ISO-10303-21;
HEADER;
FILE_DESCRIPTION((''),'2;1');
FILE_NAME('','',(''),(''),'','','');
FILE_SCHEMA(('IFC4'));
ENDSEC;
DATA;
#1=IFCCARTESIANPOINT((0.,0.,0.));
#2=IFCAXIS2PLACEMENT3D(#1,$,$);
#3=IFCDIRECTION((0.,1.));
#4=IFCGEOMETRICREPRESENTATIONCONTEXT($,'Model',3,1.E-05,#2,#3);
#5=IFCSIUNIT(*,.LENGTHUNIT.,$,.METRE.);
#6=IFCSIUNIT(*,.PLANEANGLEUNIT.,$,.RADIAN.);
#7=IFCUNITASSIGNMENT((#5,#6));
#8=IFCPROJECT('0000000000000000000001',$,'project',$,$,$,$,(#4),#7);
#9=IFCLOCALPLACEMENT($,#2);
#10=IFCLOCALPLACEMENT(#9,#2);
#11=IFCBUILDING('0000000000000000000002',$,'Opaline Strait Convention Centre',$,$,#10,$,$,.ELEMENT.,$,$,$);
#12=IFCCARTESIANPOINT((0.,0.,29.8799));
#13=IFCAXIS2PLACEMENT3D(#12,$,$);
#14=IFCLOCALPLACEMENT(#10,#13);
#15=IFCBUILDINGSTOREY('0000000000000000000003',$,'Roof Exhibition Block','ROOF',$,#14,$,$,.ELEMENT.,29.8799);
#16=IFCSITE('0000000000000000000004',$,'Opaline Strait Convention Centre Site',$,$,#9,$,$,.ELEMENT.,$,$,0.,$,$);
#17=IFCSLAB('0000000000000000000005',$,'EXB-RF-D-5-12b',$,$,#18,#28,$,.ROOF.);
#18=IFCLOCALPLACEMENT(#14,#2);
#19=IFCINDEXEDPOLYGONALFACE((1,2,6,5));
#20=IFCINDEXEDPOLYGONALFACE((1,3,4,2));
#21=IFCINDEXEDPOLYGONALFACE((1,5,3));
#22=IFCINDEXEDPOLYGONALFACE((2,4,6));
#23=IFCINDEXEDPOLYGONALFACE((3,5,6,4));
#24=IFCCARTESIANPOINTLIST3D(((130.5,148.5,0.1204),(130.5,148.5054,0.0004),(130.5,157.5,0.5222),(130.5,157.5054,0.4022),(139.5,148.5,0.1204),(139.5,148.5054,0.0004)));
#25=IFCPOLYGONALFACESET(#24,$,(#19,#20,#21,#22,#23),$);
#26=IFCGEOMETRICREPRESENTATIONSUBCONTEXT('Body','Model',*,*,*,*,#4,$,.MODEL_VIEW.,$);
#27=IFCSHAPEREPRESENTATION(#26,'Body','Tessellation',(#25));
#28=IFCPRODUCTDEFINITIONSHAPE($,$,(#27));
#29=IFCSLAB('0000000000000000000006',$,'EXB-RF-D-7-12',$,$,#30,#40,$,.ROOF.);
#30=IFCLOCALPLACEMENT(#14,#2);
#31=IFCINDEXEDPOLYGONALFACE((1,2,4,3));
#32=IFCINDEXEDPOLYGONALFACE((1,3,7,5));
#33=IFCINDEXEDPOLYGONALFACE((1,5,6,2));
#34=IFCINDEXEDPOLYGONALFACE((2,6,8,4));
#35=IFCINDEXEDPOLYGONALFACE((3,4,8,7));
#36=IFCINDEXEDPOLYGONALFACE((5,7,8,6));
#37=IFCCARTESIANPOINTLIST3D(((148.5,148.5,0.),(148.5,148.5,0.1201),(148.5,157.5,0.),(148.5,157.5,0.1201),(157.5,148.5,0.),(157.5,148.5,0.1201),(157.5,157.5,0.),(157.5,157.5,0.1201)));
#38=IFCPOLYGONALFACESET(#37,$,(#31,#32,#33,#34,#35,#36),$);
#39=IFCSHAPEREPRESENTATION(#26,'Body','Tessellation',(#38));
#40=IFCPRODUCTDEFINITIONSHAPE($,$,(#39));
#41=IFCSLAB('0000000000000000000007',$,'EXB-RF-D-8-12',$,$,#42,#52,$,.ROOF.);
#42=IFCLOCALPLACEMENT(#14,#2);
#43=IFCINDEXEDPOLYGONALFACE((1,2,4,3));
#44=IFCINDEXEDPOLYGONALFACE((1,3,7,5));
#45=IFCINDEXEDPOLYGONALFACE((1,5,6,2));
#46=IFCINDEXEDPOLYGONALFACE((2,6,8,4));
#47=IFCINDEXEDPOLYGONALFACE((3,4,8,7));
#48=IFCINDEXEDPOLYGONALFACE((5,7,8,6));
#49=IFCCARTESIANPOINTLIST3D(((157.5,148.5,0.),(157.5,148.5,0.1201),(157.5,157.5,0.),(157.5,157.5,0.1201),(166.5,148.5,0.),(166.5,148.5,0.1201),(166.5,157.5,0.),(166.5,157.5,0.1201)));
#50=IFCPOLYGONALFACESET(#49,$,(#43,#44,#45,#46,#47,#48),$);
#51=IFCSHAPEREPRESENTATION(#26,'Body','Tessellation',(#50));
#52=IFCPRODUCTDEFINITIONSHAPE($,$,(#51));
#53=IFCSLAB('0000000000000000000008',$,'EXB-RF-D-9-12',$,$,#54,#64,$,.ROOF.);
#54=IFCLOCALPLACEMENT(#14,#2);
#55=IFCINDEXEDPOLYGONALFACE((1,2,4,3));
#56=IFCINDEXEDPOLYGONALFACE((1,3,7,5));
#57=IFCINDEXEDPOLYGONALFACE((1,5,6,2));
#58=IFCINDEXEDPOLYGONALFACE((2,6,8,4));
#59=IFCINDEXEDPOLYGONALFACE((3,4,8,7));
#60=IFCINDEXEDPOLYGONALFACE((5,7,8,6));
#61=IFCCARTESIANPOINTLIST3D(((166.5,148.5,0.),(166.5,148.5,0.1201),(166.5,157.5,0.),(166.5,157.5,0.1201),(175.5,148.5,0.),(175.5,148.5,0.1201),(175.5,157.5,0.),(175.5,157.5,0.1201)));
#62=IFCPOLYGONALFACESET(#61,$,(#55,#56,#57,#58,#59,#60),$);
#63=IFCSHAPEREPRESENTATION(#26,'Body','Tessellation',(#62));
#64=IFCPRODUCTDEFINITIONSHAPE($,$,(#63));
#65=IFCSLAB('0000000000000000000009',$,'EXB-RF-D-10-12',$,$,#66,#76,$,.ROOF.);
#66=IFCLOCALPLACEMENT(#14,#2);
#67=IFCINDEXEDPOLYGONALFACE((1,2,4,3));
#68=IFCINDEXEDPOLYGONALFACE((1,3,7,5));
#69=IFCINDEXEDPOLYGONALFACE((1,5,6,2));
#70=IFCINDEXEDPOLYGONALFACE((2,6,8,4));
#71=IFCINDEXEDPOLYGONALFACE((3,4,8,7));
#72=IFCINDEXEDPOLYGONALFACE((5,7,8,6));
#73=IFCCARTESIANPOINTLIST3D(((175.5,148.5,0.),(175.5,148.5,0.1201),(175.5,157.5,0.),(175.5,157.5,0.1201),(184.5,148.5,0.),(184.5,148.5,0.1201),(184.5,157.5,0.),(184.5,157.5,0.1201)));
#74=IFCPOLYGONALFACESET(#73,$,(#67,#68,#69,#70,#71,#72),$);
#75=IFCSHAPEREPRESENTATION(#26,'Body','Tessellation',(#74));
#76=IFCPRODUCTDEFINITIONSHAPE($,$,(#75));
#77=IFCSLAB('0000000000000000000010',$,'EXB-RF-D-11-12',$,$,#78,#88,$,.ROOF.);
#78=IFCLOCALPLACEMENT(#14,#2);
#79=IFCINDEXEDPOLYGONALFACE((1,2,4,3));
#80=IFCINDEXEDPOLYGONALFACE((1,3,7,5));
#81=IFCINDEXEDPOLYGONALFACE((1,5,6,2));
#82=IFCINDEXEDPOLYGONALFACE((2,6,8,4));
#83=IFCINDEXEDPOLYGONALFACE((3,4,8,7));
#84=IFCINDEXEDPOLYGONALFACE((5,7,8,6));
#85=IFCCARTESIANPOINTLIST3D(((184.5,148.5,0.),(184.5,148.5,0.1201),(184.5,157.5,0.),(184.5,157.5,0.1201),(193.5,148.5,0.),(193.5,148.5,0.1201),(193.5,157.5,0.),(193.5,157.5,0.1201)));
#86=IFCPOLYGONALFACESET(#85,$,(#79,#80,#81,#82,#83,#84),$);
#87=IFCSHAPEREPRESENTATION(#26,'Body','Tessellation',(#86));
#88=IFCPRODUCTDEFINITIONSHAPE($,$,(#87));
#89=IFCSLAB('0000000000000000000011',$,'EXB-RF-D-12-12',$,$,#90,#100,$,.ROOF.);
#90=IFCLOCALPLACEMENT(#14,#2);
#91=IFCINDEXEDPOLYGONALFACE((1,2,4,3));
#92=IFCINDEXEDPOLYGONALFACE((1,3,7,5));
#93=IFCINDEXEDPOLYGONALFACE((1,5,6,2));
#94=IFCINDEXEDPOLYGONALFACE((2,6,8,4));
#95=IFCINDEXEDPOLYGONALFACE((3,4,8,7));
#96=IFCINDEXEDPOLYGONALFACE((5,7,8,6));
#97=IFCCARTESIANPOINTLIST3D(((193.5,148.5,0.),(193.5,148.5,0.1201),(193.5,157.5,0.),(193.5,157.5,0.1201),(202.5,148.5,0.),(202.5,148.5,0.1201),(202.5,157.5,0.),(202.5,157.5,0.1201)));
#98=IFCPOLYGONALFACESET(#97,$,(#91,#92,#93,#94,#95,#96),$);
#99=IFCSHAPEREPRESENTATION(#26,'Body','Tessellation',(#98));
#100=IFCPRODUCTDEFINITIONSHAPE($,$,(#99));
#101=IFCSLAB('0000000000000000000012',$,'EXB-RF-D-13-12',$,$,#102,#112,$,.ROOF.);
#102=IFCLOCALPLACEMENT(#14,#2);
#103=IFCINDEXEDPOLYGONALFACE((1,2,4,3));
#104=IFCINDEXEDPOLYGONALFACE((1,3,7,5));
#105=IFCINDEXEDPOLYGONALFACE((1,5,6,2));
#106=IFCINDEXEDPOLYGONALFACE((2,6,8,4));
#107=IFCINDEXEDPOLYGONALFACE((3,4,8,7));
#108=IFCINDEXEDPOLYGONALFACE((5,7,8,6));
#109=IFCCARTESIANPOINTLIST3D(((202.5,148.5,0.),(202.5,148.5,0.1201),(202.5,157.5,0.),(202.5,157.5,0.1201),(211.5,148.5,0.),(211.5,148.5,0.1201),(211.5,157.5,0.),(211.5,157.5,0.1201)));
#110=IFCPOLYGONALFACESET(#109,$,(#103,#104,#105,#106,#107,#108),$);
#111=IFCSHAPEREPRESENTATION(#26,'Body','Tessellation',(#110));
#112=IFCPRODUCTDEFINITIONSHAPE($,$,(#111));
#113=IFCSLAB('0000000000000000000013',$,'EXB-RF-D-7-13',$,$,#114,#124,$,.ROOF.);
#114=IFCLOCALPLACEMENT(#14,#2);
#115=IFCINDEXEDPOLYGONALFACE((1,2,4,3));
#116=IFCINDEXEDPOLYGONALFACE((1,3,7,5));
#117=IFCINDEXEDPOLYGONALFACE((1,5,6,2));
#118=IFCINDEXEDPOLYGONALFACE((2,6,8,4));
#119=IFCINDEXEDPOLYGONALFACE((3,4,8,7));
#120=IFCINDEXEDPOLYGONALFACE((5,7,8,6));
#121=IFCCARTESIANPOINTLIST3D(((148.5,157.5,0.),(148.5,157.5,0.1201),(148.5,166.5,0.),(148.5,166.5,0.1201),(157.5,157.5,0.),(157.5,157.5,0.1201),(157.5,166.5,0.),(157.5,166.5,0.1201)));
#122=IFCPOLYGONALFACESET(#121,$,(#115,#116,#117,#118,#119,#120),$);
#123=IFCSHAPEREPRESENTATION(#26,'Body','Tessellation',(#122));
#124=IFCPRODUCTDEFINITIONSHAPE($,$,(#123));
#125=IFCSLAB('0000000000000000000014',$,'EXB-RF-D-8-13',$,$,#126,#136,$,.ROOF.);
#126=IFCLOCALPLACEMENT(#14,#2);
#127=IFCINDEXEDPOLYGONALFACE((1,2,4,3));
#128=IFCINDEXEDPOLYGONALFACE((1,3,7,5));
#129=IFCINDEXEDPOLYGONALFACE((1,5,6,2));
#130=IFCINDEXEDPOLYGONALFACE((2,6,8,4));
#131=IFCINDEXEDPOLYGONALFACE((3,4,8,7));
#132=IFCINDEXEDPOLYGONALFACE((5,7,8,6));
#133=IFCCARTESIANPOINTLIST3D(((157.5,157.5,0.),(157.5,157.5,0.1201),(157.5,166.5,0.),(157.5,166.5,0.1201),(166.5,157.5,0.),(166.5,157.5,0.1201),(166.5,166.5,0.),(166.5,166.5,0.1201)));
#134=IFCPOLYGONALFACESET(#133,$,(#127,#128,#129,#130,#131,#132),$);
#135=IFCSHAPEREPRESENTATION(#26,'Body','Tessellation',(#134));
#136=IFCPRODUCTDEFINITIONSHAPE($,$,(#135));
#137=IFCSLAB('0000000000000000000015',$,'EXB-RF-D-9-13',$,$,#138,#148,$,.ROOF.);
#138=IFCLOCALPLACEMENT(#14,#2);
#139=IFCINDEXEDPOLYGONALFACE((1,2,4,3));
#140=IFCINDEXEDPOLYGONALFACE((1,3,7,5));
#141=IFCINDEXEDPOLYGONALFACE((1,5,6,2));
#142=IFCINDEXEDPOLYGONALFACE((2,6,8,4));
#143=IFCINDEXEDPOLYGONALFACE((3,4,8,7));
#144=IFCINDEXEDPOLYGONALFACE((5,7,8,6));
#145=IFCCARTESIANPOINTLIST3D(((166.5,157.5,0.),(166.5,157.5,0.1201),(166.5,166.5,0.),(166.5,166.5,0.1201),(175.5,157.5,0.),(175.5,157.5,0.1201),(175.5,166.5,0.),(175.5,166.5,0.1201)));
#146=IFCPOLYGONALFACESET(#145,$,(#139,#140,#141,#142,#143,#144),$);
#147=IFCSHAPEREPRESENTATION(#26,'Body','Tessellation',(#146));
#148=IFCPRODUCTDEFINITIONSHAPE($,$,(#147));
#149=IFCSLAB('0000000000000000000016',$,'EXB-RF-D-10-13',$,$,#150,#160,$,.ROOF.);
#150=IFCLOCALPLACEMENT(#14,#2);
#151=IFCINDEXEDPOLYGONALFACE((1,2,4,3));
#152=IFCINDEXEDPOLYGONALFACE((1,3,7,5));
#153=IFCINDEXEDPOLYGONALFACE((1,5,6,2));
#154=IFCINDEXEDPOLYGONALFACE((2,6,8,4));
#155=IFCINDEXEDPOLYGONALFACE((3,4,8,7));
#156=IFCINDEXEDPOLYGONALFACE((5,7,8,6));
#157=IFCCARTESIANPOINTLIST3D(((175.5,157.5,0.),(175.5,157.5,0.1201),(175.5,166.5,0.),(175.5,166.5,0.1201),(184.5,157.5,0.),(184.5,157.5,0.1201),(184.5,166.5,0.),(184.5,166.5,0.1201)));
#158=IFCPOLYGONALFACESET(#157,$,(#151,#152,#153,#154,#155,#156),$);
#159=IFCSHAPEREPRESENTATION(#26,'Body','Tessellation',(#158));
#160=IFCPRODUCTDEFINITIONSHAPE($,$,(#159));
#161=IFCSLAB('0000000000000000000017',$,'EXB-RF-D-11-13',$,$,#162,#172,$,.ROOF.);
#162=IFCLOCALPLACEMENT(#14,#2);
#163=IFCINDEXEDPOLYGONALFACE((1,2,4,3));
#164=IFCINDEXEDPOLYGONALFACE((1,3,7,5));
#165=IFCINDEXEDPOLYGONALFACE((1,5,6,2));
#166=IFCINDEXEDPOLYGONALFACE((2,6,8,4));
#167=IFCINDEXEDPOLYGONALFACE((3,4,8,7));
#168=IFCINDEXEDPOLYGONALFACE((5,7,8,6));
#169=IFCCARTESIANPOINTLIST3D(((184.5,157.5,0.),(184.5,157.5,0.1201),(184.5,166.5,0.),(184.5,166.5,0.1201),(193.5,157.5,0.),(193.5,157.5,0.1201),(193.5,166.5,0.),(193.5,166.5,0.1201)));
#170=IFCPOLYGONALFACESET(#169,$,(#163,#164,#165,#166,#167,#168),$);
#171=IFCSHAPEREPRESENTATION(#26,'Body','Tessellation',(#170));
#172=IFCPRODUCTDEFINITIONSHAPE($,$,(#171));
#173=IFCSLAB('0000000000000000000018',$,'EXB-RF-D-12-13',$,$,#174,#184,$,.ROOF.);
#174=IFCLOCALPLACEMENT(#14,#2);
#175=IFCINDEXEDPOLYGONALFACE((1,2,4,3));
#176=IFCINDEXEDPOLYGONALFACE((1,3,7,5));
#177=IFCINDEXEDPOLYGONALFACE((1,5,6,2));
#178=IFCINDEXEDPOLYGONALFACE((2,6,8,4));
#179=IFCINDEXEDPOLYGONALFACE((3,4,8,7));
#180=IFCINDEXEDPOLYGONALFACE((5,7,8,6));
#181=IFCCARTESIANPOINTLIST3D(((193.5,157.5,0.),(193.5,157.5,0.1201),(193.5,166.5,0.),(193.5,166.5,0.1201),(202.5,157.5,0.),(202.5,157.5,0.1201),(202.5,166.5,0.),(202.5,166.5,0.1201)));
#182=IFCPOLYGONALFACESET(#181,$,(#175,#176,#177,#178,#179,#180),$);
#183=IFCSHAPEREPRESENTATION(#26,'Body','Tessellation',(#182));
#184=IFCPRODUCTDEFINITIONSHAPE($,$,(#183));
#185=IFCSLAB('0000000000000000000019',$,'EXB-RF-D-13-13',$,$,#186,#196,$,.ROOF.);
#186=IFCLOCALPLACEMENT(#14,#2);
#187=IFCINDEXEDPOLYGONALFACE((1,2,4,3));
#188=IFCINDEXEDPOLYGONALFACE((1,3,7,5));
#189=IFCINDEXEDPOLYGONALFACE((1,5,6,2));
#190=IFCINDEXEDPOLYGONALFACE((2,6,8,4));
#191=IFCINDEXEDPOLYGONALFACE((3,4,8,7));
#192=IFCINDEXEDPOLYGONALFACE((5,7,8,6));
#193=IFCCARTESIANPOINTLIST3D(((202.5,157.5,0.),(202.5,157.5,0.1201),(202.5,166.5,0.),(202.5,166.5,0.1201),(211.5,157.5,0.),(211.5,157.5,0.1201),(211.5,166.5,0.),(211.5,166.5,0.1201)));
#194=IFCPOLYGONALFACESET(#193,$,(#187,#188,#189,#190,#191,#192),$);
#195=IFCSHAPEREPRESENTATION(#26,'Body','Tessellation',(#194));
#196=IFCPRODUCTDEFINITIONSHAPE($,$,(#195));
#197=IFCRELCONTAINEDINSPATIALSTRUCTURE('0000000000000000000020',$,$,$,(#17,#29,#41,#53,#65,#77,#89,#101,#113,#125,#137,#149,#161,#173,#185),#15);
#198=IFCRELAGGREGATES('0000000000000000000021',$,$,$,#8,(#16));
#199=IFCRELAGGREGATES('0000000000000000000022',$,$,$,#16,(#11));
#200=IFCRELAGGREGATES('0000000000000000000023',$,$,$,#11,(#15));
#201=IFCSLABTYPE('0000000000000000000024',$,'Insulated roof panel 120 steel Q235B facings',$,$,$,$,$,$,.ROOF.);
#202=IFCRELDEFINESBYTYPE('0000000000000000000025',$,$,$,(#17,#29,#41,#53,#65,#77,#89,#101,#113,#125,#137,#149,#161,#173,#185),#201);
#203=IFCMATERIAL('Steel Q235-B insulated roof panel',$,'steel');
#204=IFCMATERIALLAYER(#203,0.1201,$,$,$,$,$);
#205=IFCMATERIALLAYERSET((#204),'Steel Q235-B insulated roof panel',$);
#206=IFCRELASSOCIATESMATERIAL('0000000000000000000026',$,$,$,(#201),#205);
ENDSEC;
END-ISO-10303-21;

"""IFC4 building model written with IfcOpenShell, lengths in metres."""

from ifc_helpers import new_model, si_unit, direction, frame, origin, place, context, subcontext, project, spatial, polyline, outline, extrude, material, layer, layer_set, type_object, element, save


model = new_model("IFC4")

# Units and contexts
model_context = context("Model", 3, precision=1e-05, world=origin(), true_north=direction((0.0, 1.0)))
body_context = subcontext(model_context, "Body", "Model", "MODEL_VIEW")
ifc_project = project(units=[si_unit("LENGTHUNIT", "METRE"), si_unit("PLANEANGLEUNIT", "RADIAN")], contexts=[model_context])

# Site, building, storey
site_placement = place(None, origin())
site = spatial("IfcSite", under=ifc_project, at=site_placement, Name="Opaline Strait Convention Centre Site", CompositionType="ELEMENT", RefElevation=0.0)
building_placement = place(site_placement, origin())
building = spatial("IfcBuilding", under=site, at=building_placement, Name="Opaline Strait Convention Centre", CompositionType="ELEMENT")
storey_placement = place(building_placement, frame((0.0, 0.0, 29.8799)))
storey = spatial("IfcBuildingStorey", under=building, at=storey_placement, Name="Roof Exhibition Block", Description="ROOF", CompositionType="ELEMENT", Elevation=29.8799)

# Slabs
ifc_material = material(Name="Steel Q235-B insulated roof panel", Category="steel")
ifc_layer = layer(ifc_material, 0.1201)
ifc_layer_set = layer_set([ifc_layer], Name="Steel Q235-B insulated roof panel")
slab_type = type_object("IfcSlabType", Name="Insulated roof panel 120 steel Q235B facings", PredefinedType="ROOF", material=ifc_layer_set)
slab_1_placement = place(storey_placement, frame((130.5, 148.5, 0.1204), z_axis=(0.0, -0.044606, 0.999005), x_axis=(1.0, 0.0, 0.0)))
element("IfcSlab", 1, at=slab_1_placement, inside=storey, type_object=slab_type, Name="EXB-RF-D-5-12b", PredefinedType="ROOF", context=body_context, shape_type="SweptSolid", body=[
    extrude(outline(polyline([(0.0, 0.0), (9.0, 0.0), (0.0, 9.009), (0.0, 0.0)])), origin(), (0.0, 0.0, -1.0), 0.1201),
])
slab_2_placement = place(storey_placement, origin())
element("IfcSlab", 2, at=slab_2_placement, inside=storey, type_object=slab_type, Name="EXB-RF-D-7-12", PredefinedType="ROOF", context=body_context, shape_type="SweptSolid", body=[
    extrude(outline(polyline([(148.5, 148.5), (157.5, 148.5), (157.5, 157.5), (148.5, 157.5), (148.5, 148.5)])), origin(), (0.0, 0.0, 1.0), 0.1201),
])
slab_3_placement = place(storey_placement, origin())
element("IfcSlab", 3, at=slab_3_placement, inside=storey, type_object=slab_type, Name="EXB-RF-D-8-12", PredefinedType="ROOF", context=body_context, shape_type="SweptSolid", body=[
    extrude(outline(polyline([(157.5, 148.5), (166.5, 148.5), (166.5, 157.5), (157.5, 157.5), (157.5, 148.5)])), origin(), (0.0, 0.0, 1.0), 0.1201),
])
slab_4_placement = place(storey_placement, origin())
element("IfcSlab", 4, at=slab_4_placement, inside=storey, type_object=slab_type, Name="EXB-RF-D-9-12", PredefinedType="ROOF", context=body_context, shape_type="SweptSolid", body=[
    extrude(outline(polyline([(166.5, 148.5), (175.5, 148.5), (175.5, 157.5), (166.5, 157.5), (166.5, 148.5)])), origin(), (0.0, 0.0, 1.0), 0.1201),
])
slab_5_placement = place(storey_placement, origin())
element("IfcSlab", 5, at=slab_5_placement, inside=storey, type_object=slab_type, Name="EXB-RF-D-10-12", PredefinedType="ROOF", context=body_context, shape_type="SweptSolid", body=[
    extrude(outline(polyline([(175.5, 148.5), (184.5, 148.5), (184.5, 157.5), (175.5, 157.5), (175.5, 148.5)])), origin(), (0.0, 0.0, 1.0), 0.1201),
])
slab_6_placement = place(storey_placement, origin())
element("IfcSlab", 6, at=slab_6_placement, inside=storey, type_object=slab_type, Name="EXB-RF-D-11-12", PredefinedType="ROOF", context=body_context, shape_type="SweptSolid", body=[
    extrude(outline(polyline([(184.5, 148.5), (193.5, 148.5), (193.5, 157.5), (184.5, 157.5), (184.5, 148.5)])), origin(), (0.0, 0.0, 1.0), 0.1201),
])
slab_7_placement = place(storey_placement, origin())
element("IfcSlab", 7, at=slab_7_placement, inside=storey, type_object=slab_type, Name="EXB-RF-D-12-12", PredefinedType="ROOF", context=body_context, shape_type="SweptSolid", body=[
    extrude(outline(polyline([(193.5, 148.5), (202.5, 148.5), (202.5, 157.5), (193.5, 157.5), (193.5, 148.5)])), origin(), (0.0, 0.0, 1.0), 0.1201),
])
slab_8_placement = place(storey_placement, origin())
element("IfcSlab", 8, at=slab_8_placement, inside=storey, type_object=slab_type, Name="EXB-RF-D-13-12", PredefinedType="ROOF", context=body_context, shape_type="SweptSolid", body=[
    extrude(outline(polyline([(202.5, 148.5), (211.5, 148.5), (211.5, 157.5), (202.5, 157.5), (202.5, 148.5)])), origin(), (0.0, 0.0, 1.0), 0.1201),
])
slab_9_placement = place(storey_placement, origin())
element("IfcSlab", 9, at=slab_9_placement, inside=storey, type_object=slab_type, Name="EXB-RF-D-7-13", PredefinedType="ROOF", context=body_context, shape_type="SweptSolid", body=[
    extrude(outline(polyline([(148.5, 157.5), (157.5, 157.5), (157.5, 166.5), (148.5, 166.5), (148.5, 157.5)])), origin(), (0.0, 0.0, 1.0), 0.1201),
])
slab_10_placement = place(storey_placement, origin())
element("IfcSlab", 10, at=slab_10_placement, inside=storey, type_object=slab_type, Name="EXB-RF-D-8-13", PredefinedType="ROOF", context=body_context, shape_type="SweptSolid", body=[
    extrude(outline(polyline([(157.5, 157.5), (166.5, 157.5), (166.5, 166.5), (157.5, 166.5), (157.5, 157.5)])), origin(), (0.0, 0.0, 1.0), 0.1201),
])
slab_11_placement = place(storey_placement, origin())
element("IfcSlab", 11, at=slab_11_placement, inside=storey, type_object=slab_type, Name="EXB-RF-D-9-13", PredefinedType="ROOF", context=body_context, shape_type="SweptSolid", body=[
    extrude(outline(polyline([(166.5, 157.5), (175.5, 157.5), (175.5, 166.5), (166.5, 166.5), (166.5, 157.5)])), origin(), (0.0, 0.0, 1.0), 0.1201),
])
slab_12_placement = place(storey_placement, origin())
element("IfcSlab", 12, at=slab_12_placement, inside=storey, type_object=slab_type, Name="EXB-RF-D-10-13", PredefinedType="ROOF", context=body_context, shape_type="SweptSolid", body=[
    extrude(outline(polyline([(175.5, 157.5), (184.5, 157.5), (184.5, 166.5), (175.5, 166.5), (175.5, 157.5)])), origin(), (0.0, 0.0, 1.0), 0.1201),
])
slab_13_placement = place(storey_placement, origin())
element("IfcSlab", 13, at=slab_13_placement, inside=storey, type_object=slab_type, Name="EXB-RF-D-11-13", PredefinedType="ROOF", context=body_context, shape_type="SweptSolid", body=[
    extrude(outline(polyline([(184.5, 157.5), (193.5, 157.5), (193.5, 166.5), (184.5, 166.5), (184.5, 157.5)])), origin(), (0.0, 0.0, 1.0), 0.1201),
])
slab_14_placement = place(storey_placement, origin())
element("IfcSlab", 14, at=slab_14_placement, inside=storey, type_object=slab_type, Name="EXB-RF-D-12-13", PredefinedType="ROOF", context=body_context, shape_type="SweptSolid", body=[
    extrude(outline(polyline([(193.5, 157.5), (202.5, 157.5), (202.5, 166.5), (193.5, 166.5), (193.5, 157.5)])), origin(), (0.0, 0.0, 1.0), 0.1201),
])
slab_15_placement = place(storey_placement, origin())
element("IfcSlab", 15, at=slab_15_placement, inside=storey, type_object=slab_type, Name="EXB-RF-D-13-13", PredefinedType="ROOF", context=body_context, shape_type="SweptSolid", body=[
    extrude(outline(polyline([(202.5, 157.5), (211.5, 157.5), (211.5, 166.5), (202.5, 166.5), (202.5, 157.5)])), origin(), (0.0, 0.0, 1.0), 0.1201),
])

save(model, "model.ifc")
